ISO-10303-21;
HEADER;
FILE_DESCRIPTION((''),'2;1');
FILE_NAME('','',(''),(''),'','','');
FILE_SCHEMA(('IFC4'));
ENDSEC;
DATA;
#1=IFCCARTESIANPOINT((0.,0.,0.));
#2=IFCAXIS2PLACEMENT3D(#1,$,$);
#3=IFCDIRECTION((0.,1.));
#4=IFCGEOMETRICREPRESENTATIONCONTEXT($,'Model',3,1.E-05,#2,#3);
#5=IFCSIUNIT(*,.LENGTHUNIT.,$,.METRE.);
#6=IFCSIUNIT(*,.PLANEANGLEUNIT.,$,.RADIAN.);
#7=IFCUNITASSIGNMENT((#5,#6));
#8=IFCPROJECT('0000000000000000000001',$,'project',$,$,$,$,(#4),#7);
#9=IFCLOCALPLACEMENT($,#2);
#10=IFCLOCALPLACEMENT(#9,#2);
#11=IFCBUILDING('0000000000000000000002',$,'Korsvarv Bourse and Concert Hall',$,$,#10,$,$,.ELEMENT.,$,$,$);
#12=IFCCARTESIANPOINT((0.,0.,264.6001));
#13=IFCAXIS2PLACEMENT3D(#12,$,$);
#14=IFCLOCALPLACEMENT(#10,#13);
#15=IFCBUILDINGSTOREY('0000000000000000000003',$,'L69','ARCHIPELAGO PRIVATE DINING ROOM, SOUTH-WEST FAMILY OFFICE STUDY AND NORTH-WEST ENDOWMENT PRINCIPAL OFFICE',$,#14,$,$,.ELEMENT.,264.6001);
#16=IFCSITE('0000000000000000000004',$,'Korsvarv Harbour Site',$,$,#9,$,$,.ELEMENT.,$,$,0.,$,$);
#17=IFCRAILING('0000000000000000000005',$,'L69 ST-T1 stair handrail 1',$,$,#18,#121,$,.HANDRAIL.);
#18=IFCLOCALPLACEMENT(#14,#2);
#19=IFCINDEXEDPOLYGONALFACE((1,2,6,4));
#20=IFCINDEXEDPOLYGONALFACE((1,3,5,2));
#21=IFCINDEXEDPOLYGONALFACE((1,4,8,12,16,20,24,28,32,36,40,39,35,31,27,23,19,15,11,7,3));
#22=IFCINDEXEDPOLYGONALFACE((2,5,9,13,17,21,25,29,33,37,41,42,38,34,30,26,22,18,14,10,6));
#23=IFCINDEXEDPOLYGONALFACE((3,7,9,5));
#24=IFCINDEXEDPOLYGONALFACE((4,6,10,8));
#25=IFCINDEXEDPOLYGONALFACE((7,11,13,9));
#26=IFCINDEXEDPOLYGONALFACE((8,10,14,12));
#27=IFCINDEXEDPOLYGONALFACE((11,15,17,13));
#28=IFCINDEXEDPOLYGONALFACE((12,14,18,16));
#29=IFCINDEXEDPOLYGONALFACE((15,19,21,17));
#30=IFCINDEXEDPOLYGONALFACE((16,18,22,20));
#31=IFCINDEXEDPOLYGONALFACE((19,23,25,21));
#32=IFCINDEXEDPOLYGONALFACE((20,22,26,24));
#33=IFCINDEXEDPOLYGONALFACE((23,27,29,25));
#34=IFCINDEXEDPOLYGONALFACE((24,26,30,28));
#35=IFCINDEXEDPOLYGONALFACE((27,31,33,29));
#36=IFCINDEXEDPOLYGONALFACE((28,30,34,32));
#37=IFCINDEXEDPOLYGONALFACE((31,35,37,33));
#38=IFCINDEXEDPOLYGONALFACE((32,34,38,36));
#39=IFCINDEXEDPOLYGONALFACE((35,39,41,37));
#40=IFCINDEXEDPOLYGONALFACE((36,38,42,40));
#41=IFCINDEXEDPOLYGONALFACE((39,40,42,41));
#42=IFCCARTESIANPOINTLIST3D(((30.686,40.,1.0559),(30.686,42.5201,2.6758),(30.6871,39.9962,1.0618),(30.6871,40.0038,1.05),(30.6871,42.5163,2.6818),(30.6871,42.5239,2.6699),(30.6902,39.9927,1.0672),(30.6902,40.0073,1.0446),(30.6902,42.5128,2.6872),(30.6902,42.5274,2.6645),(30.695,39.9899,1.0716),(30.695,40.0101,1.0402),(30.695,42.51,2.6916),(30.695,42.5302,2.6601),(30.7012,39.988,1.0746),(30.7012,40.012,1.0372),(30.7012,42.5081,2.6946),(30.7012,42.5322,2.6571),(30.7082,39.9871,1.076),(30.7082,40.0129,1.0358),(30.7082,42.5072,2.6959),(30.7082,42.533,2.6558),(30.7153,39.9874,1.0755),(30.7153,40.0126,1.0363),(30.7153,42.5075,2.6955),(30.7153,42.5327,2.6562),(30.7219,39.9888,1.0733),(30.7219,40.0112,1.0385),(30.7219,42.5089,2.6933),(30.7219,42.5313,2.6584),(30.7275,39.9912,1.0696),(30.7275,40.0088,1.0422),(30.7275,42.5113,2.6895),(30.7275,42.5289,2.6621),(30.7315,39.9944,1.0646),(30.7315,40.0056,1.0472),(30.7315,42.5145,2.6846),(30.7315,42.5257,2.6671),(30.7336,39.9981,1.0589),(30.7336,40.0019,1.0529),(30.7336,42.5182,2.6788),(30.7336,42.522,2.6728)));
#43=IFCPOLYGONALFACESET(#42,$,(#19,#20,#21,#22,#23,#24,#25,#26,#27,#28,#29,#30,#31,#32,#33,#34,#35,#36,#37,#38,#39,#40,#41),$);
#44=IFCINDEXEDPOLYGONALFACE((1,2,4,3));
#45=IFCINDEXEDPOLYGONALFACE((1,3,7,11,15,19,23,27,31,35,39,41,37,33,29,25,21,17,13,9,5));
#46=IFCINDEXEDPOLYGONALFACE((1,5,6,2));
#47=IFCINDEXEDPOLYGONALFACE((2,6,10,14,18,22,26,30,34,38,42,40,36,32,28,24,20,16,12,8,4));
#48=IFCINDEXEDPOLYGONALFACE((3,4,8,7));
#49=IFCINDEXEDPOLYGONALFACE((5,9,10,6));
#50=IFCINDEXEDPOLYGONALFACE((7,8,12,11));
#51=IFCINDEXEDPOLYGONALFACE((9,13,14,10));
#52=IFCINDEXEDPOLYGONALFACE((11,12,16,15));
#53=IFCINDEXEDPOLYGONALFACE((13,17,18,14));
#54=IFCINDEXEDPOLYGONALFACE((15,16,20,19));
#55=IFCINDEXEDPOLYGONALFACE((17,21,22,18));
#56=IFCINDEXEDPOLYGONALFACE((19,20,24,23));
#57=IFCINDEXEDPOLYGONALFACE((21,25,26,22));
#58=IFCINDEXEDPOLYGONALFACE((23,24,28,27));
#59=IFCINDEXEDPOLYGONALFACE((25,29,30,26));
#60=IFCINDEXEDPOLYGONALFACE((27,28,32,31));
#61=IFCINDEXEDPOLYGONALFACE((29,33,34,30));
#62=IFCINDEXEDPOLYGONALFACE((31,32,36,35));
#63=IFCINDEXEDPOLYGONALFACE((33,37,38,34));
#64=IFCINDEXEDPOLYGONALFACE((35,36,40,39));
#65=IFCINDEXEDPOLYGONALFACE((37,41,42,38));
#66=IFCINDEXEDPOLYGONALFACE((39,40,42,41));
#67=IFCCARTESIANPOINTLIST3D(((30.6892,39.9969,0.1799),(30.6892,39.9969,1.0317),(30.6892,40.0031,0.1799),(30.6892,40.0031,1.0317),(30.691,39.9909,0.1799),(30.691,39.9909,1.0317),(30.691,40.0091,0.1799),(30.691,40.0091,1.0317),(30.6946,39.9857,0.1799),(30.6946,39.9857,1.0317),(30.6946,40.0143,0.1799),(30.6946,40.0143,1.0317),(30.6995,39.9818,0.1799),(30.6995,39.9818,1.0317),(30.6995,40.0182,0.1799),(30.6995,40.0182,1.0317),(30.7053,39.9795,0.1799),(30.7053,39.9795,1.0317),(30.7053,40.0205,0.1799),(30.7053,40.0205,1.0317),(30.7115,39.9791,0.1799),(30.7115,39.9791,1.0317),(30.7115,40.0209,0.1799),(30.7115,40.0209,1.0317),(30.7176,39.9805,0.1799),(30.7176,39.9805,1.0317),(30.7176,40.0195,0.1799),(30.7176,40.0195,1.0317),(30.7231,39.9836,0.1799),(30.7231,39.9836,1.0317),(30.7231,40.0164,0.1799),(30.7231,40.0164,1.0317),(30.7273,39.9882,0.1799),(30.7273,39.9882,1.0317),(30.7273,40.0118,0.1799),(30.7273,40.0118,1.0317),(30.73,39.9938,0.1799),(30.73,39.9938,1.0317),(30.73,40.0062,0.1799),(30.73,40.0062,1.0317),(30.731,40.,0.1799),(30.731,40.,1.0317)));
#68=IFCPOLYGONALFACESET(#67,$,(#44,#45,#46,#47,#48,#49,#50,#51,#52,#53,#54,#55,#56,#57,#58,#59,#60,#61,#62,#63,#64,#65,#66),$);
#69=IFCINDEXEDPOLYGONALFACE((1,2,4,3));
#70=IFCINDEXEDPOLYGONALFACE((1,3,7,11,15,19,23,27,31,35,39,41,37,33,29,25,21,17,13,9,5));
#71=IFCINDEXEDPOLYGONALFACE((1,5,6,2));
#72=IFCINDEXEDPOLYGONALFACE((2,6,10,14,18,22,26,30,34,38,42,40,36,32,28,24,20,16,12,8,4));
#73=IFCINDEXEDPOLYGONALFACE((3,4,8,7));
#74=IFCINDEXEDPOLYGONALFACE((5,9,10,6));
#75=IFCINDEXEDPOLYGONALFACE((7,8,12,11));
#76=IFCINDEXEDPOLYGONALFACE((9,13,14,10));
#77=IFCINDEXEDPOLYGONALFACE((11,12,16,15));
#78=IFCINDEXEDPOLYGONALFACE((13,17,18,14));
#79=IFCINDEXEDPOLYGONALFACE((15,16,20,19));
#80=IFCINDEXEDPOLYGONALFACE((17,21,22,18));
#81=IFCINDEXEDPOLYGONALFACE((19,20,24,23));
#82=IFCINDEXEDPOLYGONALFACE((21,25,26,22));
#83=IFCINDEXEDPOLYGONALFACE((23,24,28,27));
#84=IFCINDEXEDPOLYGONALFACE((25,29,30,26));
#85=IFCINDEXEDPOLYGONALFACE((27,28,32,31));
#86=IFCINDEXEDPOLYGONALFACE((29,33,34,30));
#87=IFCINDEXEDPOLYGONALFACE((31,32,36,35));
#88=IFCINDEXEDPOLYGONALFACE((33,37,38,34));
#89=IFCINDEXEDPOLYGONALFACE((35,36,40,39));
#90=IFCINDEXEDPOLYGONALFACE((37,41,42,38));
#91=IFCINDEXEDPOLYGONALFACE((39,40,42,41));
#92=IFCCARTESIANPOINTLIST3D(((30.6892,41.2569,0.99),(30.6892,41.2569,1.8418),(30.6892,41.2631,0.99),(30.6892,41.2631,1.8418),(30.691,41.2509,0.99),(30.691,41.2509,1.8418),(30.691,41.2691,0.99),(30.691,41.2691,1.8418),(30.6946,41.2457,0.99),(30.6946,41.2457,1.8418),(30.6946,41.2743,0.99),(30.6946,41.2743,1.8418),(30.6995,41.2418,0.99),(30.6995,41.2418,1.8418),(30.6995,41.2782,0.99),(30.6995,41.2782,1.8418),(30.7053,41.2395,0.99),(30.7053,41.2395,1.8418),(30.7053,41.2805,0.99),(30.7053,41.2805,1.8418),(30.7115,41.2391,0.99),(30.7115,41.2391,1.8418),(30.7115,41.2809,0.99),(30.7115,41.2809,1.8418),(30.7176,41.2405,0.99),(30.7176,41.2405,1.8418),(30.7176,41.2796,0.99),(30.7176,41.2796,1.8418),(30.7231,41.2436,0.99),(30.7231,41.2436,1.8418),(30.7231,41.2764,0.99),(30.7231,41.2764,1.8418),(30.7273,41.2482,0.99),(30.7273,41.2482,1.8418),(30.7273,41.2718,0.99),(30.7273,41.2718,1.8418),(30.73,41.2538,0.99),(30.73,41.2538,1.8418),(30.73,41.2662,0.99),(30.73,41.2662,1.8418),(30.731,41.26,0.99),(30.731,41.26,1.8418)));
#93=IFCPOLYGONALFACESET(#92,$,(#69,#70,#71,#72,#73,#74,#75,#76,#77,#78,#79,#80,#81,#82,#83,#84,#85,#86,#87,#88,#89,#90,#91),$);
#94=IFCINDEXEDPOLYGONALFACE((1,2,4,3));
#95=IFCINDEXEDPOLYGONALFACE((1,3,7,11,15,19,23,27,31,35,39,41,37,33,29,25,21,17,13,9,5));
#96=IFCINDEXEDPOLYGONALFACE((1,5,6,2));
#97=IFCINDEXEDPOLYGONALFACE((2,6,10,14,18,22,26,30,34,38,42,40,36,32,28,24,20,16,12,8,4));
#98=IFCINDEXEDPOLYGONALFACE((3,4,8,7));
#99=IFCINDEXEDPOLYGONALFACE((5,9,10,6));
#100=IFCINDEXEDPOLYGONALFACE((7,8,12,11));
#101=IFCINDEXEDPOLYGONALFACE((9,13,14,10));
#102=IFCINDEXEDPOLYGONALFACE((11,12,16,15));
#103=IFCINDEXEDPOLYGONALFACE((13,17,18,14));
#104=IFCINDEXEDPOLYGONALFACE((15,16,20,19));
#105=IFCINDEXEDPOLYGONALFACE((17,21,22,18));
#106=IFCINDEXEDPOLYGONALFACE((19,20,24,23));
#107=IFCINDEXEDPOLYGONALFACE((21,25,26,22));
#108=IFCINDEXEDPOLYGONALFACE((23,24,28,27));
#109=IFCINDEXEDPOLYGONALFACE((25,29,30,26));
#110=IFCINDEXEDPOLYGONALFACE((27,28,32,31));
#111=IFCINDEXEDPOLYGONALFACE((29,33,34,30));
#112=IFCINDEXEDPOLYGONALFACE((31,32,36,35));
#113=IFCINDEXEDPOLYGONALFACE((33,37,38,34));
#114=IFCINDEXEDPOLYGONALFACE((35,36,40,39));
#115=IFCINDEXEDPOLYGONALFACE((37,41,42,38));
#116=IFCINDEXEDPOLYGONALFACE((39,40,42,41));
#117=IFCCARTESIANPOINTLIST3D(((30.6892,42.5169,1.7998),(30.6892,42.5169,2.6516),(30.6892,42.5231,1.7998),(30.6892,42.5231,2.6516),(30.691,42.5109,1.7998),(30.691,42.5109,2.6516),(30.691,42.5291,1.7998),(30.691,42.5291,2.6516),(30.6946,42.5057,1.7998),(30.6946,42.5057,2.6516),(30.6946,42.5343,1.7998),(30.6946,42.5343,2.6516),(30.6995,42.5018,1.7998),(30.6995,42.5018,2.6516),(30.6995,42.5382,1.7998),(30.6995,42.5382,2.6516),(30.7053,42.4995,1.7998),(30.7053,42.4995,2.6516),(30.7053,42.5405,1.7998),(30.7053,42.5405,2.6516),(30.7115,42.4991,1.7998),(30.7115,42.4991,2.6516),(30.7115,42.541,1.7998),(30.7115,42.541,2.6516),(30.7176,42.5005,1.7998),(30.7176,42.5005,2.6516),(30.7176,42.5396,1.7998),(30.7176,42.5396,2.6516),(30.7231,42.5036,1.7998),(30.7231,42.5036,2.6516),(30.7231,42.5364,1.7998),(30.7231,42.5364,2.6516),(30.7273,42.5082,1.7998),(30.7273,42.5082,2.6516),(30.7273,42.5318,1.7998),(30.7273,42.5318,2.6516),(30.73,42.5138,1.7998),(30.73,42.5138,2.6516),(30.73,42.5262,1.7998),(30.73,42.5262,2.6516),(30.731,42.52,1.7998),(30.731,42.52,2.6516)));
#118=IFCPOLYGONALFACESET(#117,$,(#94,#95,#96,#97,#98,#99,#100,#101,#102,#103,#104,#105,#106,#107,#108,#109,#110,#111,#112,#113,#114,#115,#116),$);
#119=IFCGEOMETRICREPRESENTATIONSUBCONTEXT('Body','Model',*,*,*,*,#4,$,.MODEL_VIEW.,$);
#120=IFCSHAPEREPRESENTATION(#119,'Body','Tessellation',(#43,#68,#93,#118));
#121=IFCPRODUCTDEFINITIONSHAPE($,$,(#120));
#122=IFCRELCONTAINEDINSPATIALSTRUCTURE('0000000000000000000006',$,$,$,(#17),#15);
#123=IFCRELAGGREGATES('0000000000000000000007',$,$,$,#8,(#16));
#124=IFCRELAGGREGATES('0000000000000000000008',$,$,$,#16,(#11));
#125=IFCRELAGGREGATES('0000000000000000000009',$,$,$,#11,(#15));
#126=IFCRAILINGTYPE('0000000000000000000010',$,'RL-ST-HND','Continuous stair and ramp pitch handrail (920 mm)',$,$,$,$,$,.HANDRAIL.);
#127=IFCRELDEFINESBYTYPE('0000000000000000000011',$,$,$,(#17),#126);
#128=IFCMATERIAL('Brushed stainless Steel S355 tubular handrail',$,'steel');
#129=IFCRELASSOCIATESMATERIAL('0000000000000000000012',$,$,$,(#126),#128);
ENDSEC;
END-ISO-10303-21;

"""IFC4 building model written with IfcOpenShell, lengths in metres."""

from ifc_helpers import new_model, si_unit, direction, frame, origin, origin_2d, place, context, subcontext, project, spatial, circle, extrude, material, type_object, element, save


model = new_model("IFC4")

# Units and contexts
model_context = context("Model", 3, precision=1e-05, world=origin(), true_north=direction((0.0, 1.0)))
body_context = subcontext(model_context, "Body", "Model", "MODEL_VIEW")
ifc_project = project(units=[si_unit("LENGTHUNIT", "METRE"), si_unit("PLANEANGLEUNIT", "RADIAN")], contexts=[model_context])

# Site, building, storey
site_placement = place(None, origin())
site = spatial("IfcSite", under=ifc_project, at=site_placement, Name="Korsvarv Harbour Site", CompositionType="ELEMENT", RefElevation=0.0)
building_placement = place(site_placement, origin())
building = spatial("IfcBuilding", under=site, at=building_placement, Name="Korsvarv Bourse and Concert Hall", CompositionType="ELEMENT")
storey_placement = place(building_placement, frame((0.0, 0.0, 264.6001)))
storey = spatial("IfcBuildingStorey", under=building, at=storey_placement, Name="L69", Description="ARCHIPELAGO PRIVATE DINING ROOM, SOUTH-WEST FAMILY OFFICE STUDY AND NORTH-WEST ENDOWMENT PRINCIPAL OFFICE", CompositionType="ELEMENT", Elevation=264.6001)

# Railing
ifc_material_1 = material(Name="Brushed stainless Steel S355 tubular handrail", Category="steel")
railing_type_1 = type_object("IfcRailingType", Name="RL-ST-HND", Description="Continuous stair and ramp pitch handrail (920 mm)", PredefinedType="HANDRAIL", material=ifc_material_1)
railing_1_placement = place(storey_placement, frame((30.71, 40.0, 0.1799)))
element("IfcRailing", 1, at=railing_1_placement, inside=storey, type_object=railing_type_1, Name="L69 ST-T1 stair handrail 1", PredefinedType="HANDRAIL", context=body_context, shape_type="SweptSolid", body=[
    extrude(circle(Radius=0.0239, at=origin_2d()), frame((0.0, 0.0, 0.876), z_axis=(0.0, 0.8412, 0.540725), x_axis=(-1.0, 0.0, 0.0)), (0.0, 0.0, 1.0), 2.9958),
    extrude(circle(Radius=0.021, at=origin_2d()), origin(), (0.0, 0.0, 1.0), 0.8518),
    extrude(circle(Radius=0.021, at=origin_2d()), frame((0.0, 1.26, 0.8101)), (0.0, 0.0, 1.0), 0.8518),
    extrude(circle(Radius=0.021, at=origin_2d()), frame((0.0, 2.52, 1.6199)), (0.0, 0.0, 1.0), 0.8518),
])

save(model, "model.ifc")
